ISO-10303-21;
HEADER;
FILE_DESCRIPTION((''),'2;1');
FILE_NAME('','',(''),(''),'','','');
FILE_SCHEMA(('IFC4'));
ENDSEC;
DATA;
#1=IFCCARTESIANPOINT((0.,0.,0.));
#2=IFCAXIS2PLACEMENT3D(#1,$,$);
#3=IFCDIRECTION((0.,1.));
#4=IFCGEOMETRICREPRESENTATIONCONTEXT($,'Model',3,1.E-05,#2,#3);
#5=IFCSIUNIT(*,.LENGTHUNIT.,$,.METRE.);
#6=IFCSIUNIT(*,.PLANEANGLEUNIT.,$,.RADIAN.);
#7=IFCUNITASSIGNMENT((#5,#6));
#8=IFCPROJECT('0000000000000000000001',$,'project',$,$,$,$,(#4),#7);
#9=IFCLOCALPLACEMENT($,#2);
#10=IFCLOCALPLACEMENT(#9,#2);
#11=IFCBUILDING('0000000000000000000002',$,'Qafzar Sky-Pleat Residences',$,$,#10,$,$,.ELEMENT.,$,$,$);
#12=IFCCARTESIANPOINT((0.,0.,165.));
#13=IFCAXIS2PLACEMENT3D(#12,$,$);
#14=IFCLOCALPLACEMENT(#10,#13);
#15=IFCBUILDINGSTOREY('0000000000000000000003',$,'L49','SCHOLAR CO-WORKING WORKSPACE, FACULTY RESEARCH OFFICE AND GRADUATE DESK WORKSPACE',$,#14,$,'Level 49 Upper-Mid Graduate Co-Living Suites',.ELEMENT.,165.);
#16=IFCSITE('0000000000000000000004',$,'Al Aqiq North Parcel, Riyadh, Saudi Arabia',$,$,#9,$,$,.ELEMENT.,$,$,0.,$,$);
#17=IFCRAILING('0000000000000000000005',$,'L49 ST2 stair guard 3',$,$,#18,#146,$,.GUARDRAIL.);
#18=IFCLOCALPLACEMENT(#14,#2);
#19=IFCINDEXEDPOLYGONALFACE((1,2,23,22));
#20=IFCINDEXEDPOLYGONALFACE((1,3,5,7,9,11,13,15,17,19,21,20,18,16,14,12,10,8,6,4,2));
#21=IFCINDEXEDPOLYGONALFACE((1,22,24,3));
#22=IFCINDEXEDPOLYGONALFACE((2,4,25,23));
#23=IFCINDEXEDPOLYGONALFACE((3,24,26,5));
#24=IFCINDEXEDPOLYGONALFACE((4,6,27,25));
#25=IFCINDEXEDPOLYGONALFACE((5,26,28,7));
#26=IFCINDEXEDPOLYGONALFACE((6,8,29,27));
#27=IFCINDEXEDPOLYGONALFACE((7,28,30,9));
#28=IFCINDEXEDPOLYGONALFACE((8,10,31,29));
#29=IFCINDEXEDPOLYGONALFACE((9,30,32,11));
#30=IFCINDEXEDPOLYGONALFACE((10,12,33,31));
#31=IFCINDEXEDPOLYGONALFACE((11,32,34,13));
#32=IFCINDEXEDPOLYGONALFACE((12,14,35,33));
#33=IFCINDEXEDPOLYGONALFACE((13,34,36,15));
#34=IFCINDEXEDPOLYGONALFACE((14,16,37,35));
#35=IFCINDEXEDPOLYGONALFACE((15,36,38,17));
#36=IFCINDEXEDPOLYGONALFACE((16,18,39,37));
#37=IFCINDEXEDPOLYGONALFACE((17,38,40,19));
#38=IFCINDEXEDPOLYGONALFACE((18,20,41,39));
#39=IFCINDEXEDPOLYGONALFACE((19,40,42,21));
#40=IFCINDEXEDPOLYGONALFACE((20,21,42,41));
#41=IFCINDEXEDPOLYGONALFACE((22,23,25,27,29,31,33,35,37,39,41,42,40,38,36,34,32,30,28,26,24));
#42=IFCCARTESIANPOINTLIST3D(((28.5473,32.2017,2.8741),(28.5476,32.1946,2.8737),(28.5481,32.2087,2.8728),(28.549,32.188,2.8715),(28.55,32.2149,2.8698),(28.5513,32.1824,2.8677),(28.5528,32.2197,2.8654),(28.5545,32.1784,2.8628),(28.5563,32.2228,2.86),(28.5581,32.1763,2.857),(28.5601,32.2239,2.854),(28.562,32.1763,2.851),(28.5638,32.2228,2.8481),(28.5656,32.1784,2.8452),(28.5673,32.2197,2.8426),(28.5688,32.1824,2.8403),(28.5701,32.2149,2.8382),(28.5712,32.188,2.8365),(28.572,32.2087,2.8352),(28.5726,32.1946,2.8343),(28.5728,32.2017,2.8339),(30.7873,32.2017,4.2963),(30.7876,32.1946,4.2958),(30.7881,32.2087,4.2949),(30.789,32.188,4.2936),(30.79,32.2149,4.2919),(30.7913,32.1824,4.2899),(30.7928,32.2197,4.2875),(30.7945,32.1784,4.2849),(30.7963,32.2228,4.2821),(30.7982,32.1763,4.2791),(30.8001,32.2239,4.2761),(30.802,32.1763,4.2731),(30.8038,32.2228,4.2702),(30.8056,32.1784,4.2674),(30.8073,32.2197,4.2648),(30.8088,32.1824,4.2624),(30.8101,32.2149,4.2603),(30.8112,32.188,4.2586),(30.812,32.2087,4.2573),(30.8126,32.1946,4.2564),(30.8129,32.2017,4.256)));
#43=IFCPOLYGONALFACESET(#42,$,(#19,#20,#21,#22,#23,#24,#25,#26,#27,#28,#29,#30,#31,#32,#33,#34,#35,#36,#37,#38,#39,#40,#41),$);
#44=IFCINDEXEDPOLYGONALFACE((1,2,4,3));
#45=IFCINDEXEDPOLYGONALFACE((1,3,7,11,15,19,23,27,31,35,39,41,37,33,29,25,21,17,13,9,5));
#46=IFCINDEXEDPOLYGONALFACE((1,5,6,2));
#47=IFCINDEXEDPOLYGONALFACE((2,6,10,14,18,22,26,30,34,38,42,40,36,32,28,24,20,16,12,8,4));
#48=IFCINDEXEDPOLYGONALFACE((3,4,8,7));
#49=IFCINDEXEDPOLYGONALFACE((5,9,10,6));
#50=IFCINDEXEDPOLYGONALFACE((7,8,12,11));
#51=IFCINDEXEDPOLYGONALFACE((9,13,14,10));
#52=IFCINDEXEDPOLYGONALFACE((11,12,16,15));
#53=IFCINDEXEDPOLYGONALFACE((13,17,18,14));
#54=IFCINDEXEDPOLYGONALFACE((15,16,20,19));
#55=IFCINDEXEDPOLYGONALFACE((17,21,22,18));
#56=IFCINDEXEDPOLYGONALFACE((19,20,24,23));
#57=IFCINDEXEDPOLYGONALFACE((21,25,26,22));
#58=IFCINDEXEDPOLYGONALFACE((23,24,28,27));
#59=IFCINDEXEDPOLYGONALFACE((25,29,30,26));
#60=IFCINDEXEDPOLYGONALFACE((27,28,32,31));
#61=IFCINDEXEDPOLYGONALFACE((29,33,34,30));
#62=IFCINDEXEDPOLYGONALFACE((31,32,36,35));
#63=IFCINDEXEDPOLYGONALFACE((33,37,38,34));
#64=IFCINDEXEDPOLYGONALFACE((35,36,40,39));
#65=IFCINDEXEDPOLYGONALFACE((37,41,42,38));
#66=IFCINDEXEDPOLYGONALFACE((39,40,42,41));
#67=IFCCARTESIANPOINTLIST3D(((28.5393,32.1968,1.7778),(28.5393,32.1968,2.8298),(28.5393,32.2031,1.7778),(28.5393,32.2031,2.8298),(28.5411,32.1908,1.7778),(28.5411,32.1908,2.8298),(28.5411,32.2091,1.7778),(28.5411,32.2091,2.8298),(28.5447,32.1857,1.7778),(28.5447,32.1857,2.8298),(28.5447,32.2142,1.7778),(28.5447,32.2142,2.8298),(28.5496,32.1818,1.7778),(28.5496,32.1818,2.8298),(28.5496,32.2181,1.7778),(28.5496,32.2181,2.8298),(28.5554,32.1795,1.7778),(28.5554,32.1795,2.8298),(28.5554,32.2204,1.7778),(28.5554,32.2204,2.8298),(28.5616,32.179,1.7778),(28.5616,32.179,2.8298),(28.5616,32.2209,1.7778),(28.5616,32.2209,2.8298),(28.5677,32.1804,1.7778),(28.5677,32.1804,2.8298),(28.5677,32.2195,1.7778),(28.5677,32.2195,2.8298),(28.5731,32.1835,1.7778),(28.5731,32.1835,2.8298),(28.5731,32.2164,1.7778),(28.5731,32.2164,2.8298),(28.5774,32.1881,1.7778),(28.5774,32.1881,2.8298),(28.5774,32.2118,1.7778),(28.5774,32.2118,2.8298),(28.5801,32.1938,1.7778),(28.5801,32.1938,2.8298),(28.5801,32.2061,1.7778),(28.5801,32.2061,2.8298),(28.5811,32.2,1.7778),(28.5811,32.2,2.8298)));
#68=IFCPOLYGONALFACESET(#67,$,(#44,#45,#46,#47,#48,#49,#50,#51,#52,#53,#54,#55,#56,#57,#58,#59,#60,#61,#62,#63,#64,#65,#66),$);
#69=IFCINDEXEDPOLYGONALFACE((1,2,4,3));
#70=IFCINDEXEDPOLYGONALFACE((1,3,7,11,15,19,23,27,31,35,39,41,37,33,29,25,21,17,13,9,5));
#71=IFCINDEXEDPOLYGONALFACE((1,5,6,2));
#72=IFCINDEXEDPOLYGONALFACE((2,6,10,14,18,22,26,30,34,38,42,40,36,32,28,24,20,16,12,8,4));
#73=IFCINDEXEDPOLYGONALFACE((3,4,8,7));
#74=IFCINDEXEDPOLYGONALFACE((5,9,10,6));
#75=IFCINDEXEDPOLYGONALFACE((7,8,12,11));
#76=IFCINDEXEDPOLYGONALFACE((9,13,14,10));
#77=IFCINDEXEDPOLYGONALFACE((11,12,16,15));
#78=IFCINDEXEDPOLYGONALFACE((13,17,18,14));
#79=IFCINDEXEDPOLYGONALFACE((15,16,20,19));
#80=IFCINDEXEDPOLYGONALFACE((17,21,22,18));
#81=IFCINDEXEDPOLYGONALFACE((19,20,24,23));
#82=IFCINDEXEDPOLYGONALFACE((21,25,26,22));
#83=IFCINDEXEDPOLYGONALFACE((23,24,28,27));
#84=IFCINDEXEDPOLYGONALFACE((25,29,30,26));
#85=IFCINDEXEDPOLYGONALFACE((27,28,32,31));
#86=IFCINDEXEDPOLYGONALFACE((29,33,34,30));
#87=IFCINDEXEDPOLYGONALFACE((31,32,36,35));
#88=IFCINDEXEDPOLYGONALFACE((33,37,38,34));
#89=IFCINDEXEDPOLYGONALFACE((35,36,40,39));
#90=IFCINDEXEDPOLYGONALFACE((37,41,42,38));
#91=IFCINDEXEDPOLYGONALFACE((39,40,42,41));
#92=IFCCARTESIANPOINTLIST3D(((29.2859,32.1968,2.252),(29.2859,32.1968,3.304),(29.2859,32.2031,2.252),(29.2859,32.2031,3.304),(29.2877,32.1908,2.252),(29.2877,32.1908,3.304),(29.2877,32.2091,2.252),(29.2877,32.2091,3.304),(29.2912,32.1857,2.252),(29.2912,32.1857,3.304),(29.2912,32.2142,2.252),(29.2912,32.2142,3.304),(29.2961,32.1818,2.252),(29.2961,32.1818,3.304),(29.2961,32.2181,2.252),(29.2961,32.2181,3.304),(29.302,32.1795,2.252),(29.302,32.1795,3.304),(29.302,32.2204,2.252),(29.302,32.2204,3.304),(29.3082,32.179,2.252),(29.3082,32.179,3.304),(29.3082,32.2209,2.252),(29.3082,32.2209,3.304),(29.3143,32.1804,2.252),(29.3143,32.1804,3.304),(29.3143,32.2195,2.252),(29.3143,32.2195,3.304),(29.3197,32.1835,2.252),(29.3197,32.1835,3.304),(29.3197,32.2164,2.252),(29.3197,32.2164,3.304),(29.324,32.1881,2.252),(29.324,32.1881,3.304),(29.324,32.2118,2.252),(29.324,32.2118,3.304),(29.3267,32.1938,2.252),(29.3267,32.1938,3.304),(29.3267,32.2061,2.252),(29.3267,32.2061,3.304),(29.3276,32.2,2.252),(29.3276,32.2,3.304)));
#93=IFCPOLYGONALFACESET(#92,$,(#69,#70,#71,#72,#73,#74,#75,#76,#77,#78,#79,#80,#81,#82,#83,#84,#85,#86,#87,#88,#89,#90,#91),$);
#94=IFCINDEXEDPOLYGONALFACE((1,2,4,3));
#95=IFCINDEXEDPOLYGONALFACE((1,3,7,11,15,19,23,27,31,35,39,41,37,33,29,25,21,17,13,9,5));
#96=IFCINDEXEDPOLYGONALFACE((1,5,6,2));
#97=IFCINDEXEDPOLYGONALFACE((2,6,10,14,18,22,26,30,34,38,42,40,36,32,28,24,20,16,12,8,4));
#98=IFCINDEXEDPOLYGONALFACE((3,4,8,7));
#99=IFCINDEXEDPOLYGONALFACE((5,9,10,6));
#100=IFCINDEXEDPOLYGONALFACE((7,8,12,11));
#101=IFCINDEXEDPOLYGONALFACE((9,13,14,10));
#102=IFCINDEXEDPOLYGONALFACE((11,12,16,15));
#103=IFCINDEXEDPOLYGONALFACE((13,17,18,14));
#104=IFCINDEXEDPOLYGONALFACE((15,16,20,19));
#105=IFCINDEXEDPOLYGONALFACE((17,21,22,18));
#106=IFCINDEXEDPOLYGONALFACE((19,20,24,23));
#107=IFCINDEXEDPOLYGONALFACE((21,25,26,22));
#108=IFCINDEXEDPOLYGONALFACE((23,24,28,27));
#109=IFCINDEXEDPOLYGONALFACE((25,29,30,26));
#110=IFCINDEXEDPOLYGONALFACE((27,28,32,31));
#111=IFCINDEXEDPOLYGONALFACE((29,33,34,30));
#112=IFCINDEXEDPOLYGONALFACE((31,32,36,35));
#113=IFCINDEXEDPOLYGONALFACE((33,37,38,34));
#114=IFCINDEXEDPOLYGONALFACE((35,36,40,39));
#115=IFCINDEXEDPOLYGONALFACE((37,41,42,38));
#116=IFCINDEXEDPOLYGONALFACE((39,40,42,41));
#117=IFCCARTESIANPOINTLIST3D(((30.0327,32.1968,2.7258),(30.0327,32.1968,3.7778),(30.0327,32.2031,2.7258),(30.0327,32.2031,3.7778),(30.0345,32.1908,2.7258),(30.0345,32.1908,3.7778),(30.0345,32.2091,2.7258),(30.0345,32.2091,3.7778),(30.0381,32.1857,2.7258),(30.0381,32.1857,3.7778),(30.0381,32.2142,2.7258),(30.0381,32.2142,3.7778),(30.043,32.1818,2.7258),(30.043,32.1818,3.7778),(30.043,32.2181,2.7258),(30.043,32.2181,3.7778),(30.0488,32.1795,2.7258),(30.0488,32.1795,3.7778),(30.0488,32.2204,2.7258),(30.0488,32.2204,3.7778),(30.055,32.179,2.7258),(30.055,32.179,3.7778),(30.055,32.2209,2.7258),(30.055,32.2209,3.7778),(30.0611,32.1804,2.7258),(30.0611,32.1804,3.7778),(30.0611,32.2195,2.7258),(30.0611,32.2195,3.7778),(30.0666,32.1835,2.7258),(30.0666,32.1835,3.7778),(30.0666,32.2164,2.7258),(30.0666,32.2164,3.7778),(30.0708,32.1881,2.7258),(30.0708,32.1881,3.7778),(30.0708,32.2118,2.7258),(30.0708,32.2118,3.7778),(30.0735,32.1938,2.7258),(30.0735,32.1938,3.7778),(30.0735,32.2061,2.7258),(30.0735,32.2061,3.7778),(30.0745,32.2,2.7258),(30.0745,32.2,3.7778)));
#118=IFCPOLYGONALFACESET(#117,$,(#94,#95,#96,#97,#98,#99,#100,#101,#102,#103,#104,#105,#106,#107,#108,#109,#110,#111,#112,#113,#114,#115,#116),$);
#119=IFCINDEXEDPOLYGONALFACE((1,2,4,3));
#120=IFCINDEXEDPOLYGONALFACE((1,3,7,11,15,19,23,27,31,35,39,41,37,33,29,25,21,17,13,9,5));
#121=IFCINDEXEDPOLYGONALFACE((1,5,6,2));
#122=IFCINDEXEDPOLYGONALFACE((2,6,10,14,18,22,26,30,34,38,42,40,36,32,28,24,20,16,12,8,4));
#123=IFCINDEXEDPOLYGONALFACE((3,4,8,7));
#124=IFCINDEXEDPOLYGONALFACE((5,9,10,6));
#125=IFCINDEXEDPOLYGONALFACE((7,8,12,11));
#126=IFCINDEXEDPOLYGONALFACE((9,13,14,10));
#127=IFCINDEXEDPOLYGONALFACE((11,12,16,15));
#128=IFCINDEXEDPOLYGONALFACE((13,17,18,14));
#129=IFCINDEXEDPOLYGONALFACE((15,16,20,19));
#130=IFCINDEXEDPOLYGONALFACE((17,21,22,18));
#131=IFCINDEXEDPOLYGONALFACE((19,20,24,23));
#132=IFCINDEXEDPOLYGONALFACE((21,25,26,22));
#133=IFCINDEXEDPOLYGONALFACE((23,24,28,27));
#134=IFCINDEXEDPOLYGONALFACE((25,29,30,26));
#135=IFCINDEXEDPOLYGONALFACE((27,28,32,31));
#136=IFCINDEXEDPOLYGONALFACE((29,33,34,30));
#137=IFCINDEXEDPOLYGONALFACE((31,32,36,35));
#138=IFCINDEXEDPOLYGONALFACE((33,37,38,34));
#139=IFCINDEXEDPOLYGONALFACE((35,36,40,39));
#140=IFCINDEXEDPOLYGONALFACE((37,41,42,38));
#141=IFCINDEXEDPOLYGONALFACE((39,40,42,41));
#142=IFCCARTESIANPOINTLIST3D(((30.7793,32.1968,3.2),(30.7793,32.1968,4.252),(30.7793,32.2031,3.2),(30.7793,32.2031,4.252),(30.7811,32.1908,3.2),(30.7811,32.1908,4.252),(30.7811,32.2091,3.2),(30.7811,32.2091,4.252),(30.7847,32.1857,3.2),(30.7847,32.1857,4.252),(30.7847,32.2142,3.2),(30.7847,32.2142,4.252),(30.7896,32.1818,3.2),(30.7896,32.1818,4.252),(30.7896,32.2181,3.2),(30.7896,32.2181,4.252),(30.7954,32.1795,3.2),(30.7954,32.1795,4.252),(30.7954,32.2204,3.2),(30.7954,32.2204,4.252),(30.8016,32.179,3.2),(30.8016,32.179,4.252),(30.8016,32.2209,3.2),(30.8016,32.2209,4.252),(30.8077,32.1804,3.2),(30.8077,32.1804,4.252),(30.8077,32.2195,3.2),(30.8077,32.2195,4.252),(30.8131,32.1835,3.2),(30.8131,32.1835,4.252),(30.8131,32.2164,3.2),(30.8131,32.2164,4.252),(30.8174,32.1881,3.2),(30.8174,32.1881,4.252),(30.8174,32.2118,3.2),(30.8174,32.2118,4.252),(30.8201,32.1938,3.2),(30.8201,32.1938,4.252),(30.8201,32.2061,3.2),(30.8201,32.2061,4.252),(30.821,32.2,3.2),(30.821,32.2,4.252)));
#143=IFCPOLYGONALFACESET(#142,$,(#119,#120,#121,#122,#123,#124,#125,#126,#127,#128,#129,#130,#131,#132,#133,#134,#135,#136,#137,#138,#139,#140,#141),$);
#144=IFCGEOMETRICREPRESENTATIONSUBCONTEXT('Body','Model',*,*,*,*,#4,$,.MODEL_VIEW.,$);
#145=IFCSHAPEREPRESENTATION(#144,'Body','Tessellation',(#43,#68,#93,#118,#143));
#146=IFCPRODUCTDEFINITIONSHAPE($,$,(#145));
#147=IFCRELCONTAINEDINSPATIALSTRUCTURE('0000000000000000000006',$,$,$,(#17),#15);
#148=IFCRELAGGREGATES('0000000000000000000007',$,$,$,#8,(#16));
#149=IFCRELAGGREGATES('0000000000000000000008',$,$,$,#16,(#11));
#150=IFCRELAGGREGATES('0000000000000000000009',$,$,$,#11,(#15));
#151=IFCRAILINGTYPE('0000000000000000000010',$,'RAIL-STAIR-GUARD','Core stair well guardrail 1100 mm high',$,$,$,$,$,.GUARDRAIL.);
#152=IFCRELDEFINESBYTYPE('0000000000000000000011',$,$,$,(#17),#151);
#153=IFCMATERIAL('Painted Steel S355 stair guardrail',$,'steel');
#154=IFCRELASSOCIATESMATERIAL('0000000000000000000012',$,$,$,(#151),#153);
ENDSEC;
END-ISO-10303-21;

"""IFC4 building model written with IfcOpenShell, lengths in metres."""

from ifc_helpers import new_model, si_unit, direction, frame, origin, origin_2d, place, context, subcontext, project, spatial, circle, extrude, source, transform, mapped, material, type_object, element, save


model = new_model("IFC4")

# Units and contexts
model_context = context("Model", 3, precision=1e-05, world=origin(), true_north=direction((0.0, 1.0)))
body_context = subcontext(model_context, "Body", "Model", "MODEL_VIEW")
ifc_project = project(units=[si_unit("LENGTHUNIT", "METRE"), si_unit("PLANEANGLEUNIT", "RADIAN")], contexts=[model_context])

# Site, building, storey
site_placement = place(None, origin())
site = spatial("IfcSite", under=ifc_project, at=site_placement, Name="Al Aqiq North Parcel, Riyadh, Saudi Arabia", CompositionType="ELEMENT", RefElevation=0.0)
building_placement = place(site_placement, origin())
building = spatial("IfcBuilding", under=site, at=building_placement, Name="Qafzar Sky-Pleat Residences", CompositionType="ELEMENT")
storey_placement = place(building_placement, frame((0.0, 0.0, 165.0)))
storey = spatial("IfcBuildingStorey", under=building, at=storey_placement, Name="L49", Description="SCHOLAR CO-WORKING WORKSPACE, FACULTY RESEARCH OFFICE AND GRADUATE DESK WORKSPACE", LongName="Level 49 Upper-Mid Graduate Co-Living Suites", CompositionType="ELEMENT", Elevation=165.0)

# Railing
ifc_material_1 = material(Name="Painted Steel S355 stair guardrail", Category="steel")
railing_type_1 = type_object("IfcRailingType", Name="RAIL-STAIR-GUARD", Description="Core stair well guardrail 1100 mm high", PredefinedType="GUARDRAIL", material=ifc_material_1)
shared_shape_1 = source(origin(), body_context, "Body", "SweptSolid", [
    extrude(circle(Radius=0.0239, at=origin_2d()), frame((0.0, 0.0, 1.0762), z_axis=(0.844229, 0.0, 0.535982), x_axis=(0.0, 1.0, 0.0)), (0.0, 0.0, 1.0), 2.6533),
    extrude(circle(Radius=0.021, at=origin_2d()), origin(), (0.0, 0.0, 1.0), 1.052),
    extrude(circle(Radius=0.021, at=origin_2d()), frame((0.7466, 0.0, 0.4741)), (0.0, 0.0, 1.0), 1.052),
    extrude(circle(Radius=0.021, at=origin_2d()), frame((1.4934, 0.0, 0.948)), (0.0, 0.0, 1.0), 1.052),
    extrude(circle(Radius=0.021, at=origin_2d()), frame((2.24, 0.0, 1.4221)), (0.0, 0.0, 1.0), 1.052),
])
railing_1_placement = place(storey_placement, frame((28.5601, 32.2, 1.7778)))
element("IfcRailing", 1, at=railing_1_placement, inside=storey, type_object=railing_type_1, Name="L49 ST2 stair guard 3", PredefinedType="GUARDRAIL", context=body_context, shape_type="MappedRepresentation", body=[
    mapped(shared_shape_1, transform((0.0, 0.0, 0.0), x_axis=(1.0, 0.0, 0.0), y_axis=(0.0, 1.0, 0.0), z_axis=(0.0, 0.0, 1.0), scale=1.0)),
])

save(model, "model.ifc")
